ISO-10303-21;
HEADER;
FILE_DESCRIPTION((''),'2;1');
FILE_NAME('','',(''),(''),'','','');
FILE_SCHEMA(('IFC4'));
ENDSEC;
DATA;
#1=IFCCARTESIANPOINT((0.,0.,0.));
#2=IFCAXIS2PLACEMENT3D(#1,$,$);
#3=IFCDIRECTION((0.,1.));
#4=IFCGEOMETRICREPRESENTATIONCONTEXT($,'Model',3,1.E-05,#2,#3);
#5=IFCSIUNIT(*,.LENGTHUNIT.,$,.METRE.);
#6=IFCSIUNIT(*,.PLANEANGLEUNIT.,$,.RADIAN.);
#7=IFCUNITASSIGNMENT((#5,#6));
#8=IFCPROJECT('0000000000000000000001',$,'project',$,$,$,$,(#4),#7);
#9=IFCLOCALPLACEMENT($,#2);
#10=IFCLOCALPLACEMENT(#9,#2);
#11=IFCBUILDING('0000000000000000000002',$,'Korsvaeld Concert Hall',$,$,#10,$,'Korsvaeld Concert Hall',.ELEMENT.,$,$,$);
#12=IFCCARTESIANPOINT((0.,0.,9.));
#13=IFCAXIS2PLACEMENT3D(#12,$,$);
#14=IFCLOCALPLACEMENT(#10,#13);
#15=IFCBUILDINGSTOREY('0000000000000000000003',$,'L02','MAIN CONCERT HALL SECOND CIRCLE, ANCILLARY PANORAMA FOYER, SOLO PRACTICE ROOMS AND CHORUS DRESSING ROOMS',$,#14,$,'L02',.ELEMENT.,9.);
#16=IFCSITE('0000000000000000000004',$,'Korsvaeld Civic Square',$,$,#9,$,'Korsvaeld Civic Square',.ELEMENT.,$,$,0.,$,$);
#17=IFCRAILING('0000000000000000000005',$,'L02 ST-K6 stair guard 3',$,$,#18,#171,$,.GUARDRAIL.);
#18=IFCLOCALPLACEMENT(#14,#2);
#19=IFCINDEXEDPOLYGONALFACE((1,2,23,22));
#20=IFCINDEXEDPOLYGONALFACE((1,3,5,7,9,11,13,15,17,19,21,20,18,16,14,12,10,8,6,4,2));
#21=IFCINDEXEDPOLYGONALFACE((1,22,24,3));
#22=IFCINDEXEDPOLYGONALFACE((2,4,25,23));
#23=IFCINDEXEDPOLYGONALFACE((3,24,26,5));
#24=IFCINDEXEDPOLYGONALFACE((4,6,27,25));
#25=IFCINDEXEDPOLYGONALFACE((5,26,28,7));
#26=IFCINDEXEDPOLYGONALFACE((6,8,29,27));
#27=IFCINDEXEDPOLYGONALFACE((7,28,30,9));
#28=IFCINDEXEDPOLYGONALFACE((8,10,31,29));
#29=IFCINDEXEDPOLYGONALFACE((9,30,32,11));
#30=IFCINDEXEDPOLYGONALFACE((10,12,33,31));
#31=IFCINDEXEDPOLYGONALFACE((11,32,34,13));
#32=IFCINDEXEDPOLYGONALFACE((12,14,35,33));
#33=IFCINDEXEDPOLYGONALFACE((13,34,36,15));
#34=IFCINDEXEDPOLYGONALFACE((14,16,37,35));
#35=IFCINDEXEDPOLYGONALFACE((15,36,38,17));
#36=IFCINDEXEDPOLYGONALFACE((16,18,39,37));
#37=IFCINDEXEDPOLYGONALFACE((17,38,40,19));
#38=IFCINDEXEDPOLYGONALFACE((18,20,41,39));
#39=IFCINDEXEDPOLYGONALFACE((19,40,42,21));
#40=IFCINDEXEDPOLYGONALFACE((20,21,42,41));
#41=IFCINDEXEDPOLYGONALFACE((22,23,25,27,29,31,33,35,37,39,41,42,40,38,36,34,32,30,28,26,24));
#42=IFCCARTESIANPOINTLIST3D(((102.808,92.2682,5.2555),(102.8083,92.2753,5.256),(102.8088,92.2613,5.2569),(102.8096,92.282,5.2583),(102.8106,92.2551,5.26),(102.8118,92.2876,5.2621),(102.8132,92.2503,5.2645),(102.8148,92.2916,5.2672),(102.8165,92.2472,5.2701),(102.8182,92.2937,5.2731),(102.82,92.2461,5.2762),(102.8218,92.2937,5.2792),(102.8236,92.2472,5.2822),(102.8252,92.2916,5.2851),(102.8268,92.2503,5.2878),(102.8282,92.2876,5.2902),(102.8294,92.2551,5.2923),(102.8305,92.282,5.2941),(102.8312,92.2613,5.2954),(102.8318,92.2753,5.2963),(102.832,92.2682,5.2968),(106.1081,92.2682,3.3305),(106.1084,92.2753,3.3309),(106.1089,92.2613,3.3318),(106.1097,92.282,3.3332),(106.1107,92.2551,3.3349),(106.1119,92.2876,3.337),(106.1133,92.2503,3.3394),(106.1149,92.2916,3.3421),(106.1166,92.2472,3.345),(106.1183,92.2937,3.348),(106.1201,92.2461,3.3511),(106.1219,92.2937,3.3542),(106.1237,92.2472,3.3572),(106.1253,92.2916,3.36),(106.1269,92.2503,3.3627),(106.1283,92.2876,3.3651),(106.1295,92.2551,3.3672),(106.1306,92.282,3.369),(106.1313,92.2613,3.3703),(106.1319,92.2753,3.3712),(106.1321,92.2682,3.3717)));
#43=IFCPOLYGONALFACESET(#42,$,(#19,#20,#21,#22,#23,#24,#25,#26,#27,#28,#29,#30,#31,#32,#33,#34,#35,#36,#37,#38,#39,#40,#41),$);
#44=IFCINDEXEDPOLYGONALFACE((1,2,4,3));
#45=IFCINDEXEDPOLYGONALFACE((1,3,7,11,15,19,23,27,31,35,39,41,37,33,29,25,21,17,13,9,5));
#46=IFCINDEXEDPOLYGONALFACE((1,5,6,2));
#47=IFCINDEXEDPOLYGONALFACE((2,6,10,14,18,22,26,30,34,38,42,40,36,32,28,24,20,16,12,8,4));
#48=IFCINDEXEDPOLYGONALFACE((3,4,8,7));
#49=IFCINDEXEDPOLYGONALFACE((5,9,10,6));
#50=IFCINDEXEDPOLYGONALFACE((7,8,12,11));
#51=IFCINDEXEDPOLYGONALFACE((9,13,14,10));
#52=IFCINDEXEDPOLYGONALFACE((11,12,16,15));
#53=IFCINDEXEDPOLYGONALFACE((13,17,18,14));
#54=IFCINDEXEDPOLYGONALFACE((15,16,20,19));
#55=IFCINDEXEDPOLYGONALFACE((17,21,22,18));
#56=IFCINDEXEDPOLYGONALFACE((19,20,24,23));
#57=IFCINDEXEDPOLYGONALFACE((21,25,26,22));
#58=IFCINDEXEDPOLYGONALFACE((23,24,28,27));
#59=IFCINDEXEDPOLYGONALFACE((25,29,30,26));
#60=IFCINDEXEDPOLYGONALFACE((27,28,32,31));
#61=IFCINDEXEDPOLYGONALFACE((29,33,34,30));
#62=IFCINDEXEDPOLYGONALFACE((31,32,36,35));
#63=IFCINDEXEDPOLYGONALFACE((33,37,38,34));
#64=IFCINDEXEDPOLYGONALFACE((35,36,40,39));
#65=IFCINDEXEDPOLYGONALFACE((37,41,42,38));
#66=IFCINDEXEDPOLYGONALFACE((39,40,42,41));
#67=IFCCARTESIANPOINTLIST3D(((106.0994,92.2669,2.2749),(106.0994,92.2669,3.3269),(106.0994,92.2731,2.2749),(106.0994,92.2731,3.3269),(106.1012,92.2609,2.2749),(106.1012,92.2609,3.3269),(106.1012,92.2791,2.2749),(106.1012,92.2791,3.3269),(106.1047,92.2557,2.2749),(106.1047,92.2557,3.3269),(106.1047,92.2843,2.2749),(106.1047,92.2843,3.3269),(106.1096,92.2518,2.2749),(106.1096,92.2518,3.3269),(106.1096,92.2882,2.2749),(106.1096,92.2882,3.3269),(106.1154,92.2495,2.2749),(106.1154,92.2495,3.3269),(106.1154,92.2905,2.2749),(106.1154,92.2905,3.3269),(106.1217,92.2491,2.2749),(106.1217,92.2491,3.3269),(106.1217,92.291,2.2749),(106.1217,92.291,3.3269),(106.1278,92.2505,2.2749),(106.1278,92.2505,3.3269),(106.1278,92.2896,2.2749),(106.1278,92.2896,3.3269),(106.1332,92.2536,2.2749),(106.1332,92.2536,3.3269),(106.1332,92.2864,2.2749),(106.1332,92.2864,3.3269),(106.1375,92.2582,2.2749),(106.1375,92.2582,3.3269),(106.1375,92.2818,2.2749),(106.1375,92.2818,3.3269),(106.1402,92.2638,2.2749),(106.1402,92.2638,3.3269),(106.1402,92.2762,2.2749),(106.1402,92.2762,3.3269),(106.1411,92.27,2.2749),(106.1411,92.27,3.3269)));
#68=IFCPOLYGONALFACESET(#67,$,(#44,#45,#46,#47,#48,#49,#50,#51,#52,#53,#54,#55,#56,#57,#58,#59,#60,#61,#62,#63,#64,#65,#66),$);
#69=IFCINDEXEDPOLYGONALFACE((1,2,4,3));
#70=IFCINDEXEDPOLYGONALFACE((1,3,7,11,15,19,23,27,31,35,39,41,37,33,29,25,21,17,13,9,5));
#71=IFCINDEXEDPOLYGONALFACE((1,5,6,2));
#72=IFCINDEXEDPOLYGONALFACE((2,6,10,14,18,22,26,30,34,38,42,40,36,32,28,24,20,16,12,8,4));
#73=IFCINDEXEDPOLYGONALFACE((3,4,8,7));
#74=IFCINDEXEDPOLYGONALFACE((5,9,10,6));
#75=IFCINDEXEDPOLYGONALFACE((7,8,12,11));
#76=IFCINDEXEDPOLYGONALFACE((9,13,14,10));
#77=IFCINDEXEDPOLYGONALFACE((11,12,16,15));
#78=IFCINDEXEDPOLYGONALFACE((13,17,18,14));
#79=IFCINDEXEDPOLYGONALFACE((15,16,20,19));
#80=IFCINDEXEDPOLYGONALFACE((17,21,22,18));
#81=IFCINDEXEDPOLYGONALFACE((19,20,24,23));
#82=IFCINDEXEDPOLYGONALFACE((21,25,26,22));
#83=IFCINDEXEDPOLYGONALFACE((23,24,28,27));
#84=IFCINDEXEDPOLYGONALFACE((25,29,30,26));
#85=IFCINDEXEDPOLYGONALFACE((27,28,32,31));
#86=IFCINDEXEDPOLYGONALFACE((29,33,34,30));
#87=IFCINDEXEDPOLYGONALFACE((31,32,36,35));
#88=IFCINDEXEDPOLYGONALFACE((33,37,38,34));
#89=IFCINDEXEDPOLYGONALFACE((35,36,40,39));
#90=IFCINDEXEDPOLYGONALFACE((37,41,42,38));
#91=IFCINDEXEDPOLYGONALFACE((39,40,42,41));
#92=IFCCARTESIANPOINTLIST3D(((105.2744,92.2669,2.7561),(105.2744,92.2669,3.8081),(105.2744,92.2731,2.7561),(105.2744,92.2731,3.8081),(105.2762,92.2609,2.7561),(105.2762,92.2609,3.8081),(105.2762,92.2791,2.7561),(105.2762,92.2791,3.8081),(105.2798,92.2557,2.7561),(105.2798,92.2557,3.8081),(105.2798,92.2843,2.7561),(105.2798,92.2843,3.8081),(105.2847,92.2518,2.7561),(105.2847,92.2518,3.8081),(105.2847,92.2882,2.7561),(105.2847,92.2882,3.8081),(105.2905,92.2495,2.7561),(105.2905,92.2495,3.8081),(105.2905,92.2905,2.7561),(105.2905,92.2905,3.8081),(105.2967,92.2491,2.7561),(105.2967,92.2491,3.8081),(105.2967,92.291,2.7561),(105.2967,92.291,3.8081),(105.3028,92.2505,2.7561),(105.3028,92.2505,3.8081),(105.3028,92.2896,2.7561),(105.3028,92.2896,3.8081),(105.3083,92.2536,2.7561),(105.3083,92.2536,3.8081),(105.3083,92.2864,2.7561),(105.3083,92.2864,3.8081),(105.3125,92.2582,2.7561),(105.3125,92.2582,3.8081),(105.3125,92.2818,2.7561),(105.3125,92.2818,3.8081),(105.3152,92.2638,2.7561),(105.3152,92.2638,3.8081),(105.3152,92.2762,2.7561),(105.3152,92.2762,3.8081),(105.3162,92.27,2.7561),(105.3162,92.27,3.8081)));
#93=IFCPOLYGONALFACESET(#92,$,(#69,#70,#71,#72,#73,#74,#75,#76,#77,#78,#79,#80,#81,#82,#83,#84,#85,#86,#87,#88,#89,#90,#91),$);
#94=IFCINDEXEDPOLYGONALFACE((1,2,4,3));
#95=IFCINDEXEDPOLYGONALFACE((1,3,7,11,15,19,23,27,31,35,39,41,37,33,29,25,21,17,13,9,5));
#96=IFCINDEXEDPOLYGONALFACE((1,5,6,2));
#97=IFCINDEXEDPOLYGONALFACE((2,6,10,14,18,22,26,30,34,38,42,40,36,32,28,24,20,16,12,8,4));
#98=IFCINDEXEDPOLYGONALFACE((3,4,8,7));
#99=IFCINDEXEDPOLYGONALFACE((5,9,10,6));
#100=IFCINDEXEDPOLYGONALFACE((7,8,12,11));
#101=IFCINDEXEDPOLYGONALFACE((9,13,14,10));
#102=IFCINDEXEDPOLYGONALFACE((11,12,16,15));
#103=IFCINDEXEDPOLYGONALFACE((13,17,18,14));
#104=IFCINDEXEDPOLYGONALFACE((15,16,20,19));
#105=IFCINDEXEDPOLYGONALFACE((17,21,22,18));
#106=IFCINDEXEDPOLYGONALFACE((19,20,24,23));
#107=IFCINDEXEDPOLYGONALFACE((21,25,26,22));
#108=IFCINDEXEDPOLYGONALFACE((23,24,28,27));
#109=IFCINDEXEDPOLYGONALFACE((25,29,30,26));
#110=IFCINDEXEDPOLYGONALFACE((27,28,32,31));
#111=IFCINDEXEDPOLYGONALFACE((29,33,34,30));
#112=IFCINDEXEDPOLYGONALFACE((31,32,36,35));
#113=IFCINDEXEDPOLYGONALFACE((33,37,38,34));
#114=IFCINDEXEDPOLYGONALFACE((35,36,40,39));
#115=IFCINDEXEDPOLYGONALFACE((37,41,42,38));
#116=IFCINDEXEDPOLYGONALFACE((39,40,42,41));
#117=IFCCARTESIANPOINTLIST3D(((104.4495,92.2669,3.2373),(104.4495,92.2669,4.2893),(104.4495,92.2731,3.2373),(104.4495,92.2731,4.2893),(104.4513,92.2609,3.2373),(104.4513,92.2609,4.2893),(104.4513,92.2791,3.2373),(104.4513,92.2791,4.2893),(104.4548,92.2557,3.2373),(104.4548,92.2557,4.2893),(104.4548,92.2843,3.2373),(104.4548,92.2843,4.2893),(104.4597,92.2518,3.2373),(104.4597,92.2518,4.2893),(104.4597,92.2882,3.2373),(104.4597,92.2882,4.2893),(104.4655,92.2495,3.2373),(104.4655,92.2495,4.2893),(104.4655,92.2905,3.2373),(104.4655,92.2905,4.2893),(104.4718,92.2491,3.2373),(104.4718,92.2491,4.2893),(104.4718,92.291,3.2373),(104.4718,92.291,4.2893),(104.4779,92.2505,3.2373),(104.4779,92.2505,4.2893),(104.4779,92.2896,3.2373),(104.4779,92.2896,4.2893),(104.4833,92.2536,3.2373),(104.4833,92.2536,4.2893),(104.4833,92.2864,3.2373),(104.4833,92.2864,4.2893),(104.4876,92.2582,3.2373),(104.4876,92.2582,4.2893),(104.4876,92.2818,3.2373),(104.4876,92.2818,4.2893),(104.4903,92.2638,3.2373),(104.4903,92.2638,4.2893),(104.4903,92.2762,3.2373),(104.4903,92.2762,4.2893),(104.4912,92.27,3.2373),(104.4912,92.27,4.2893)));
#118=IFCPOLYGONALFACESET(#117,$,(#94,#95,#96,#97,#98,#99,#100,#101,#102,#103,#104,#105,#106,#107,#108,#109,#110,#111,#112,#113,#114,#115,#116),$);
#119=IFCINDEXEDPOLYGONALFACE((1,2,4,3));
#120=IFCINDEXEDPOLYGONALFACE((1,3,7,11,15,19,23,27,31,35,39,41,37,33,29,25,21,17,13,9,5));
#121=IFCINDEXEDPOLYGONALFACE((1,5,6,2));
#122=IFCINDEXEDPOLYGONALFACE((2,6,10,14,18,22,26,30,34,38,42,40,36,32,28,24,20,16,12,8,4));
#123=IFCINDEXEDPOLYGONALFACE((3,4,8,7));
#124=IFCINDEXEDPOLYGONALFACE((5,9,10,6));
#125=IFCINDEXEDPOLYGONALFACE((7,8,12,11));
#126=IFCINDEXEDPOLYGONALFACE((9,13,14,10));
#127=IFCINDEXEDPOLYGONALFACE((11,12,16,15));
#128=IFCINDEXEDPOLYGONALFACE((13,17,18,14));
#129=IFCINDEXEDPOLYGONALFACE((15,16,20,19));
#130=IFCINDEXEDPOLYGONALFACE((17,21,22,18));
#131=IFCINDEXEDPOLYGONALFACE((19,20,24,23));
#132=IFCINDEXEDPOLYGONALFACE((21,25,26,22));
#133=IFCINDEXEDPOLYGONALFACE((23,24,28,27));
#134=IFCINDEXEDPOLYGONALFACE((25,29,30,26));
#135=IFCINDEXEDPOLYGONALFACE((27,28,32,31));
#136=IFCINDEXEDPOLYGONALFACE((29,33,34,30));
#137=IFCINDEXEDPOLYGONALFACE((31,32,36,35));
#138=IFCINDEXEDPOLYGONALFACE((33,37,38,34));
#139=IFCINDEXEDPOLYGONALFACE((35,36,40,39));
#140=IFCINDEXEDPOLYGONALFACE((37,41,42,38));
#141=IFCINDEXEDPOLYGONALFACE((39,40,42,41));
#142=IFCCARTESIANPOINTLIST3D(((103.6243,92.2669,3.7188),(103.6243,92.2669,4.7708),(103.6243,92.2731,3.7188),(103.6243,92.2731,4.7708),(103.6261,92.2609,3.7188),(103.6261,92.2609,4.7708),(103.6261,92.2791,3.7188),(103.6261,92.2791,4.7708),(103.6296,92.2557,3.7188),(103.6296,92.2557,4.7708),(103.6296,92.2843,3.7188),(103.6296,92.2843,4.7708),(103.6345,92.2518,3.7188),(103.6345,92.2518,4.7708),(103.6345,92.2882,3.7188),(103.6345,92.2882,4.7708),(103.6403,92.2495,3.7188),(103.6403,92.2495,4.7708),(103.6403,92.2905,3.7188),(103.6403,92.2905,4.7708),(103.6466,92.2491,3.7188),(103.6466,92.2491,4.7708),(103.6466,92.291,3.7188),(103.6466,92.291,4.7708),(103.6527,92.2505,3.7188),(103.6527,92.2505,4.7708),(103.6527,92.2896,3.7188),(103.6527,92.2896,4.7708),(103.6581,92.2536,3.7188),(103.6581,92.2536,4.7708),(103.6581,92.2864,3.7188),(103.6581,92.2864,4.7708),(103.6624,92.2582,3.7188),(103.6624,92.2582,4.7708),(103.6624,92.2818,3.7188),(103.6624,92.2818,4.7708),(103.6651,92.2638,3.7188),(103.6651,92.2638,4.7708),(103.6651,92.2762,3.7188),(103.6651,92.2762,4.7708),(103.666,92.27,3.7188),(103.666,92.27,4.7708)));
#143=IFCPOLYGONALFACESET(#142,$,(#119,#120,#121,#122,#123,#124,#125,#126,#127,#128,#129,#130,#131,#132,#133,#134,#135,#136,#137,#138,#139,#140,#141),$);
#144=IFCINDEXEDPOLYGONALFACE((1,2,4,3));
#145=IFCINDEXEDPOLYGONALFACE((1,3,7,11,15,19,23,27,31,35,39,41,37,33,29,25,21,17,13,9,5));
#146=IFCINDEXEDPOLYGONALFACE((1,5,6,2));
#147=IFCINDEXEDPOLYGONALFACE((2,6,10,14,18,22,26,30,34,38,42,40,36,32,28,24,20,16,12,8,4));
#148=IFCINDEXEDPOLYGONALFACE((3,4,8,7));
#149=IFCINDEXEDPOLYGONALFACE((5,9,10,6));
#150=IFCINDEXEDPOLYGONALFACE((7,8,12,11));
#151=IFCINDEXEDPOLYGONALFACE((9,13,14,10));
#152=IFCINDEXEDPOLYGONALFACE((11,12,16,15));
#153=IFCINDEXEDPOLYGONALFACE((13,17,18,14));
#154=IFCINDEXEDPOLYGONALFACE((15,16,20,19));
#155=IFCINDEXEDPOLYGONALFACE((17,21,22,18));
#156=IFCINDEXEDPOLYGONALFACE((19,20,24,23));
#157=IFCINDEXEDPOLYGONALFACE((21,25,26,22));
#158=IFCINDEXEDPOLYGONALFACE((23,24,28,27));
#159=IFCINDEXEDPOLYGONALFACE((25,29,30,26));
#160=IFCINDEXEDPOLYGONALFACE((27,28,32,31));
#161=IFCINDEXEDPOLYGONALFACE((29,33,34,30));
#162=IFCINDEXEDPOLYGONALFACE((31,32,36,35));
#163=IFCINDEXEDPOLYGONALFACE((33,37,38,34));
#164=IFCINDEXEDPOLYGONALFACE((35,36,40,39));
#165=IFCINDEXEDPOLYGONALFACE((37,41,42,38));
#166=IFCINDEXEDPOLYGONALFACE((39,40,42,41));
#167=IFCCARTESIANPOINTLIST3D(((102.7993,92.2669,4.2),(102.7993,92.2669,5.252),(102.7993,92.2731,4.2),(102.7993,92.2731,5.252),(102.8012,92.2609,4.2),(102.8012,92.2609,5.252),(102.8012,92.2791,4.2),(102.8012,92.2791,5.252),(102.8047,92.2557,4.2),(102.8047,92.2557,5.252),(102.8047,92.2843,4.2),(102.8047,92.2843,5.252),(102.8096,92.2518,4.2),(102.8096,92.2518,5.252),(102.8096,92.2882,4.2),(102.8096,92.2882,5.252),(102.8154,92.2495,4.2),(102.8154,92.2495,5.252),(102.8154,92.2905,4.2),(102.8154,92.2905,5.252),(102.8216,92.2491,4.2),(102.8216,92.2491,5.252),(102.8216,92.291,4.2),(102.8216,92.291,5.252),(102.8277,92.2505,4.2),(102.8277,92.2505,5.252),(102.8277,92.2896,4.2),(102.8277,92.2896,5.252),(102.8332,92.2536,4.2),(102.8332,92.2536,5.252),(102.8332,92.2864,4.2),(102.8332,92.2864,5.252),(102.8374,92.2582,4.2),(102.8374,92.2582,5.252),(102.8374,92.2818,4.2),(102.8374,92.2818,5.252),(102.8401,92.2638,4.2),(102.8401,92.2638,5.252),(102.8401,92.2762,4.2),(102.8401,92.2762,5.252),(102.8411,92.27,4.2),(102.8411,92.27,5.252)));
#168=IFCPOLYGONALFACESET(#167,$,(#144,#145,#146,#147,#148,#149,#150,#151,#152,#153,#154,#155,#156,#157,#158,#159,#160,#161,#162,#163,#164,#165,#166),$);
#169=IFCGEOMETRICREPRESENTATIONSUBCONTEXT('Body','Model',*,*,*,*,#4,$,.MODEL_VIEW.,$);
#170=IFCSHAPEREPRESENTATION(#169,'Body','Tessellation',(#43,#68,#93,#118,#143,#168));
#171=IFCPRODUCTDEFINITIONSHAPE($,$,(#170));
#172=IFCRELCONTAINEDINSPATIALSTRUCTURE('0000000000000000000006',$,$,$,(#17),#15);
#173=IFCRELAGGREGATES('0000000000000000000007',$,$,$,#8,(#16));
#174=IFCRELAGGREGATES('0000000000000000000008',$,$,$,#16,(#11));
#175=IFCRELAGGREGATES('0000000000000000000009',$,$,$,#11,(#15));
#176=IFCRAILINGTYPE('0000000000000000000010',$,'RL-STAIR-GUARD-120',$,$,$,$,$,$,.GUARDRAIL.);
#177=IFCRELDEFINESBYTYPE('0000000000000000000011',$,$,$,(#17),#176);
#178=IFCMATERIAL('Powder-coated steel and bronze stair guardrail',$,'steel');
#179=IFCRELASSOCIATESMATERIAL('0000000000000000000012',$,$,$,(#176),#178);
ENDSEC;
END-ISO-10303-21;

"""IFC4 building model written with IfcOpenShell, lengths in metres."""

from ifc_helpers import new_model, si_unit, direction, frame, origin, origin_2d, place, context, subcontext, project, spatial, circle, extrude, material, type_object, element, save


model = new_model("IFC4")

# Units and contexts
model_context = context("Model", 3, precision=1e-05, world=origin(), true_north=direction((0.0, 1.0)))
body_context = subcontext(model_context, "Body", "Model", "MODEL_VIEW")
ifc_project = project(units=[si_unit("LENGTHUNIT", "METRE"), si_unit("PLANEANGLEUNIT", "RADIAN")], contexts=[model_context])

# Site, building, storey
site_placement = place(None, origin())
site = spatial("IfcSite", under=ifc_project, at=site_placement, Name="Korsvaeld Civic Square", LongName="Korsvaeld Civic Square", CompositionType="ELEMENT", RefElevation=0.0)
building_placement = place(site_placement, origin())
building = spatial("IfcBuilding", under=site, at=building_placement, Name="Korsvaeld Concert Hall", LongName="Korsvaeld Concert Hall", CompositionType="ELEMENT")
storey_placement = place(building_placement, frame((0.0, 0.0, 9.0)))
storey = spatial("IfcBuildingStorey", under=building, at=storey_placement, Name="L02", Description="MAIN CONCERT HALL SECOND CIRCLE, ANCILLARY PANORAMA FOYER, SOLO PRACTICE ROOMS AND CHORUS DRESSING ROOMS", LongName="L02", CompositionType="ELEMENT", Elevation=9.0)

# Railing
ifc_material_1 = material(Name="Powder-coated steel and bronze stair guardrail", Category="steel")
railing_type_1 = type_object("IfcRailingType", Name="RL-STAIR-GUARD-120", PredefinedType="GUARDRAIL", material=ifc_material_1)
railing_1_placement = place(storey_placement, frame((106.1201, 92.27, 2.2749)))
element("IfcRailing", 1, at=railing_1_placement, inside=storey, type_object=railing_type_1, Name="L02 ST-K6 stair guard 3", PredefinedType="GUARDRAIL", context=body_context, shape_type="SweptSolid", body=[
    extrude(circle(Radius=0.0239, at=origin_2d()), frame((0.0, 0.0, 1.0762), z_axis=(-0.863777, 0.0, 0.503875), x_axis=(0.0, -1.0, 0.0)), (0.0, 0.0, 1.0), 3.8206),
    extrude(circle(Radius=0.021, at=origin_2d()), origin(), (0.0, 0.0, 1.0), 1.052),
    extrude(circle(Radius=0.021, at=origin_2d()), frame((-0.825, 0.0, 0.4812)), (0.0, 0.0, 1.0), 1.052),
    extrude(circle(Radius=0.021, at=origin_2d()), frame((-1.6499, 0.0, 0.9624)), (0.0, 0.0, 1.0), 1.052),
    extrude(circle(Radius=0.021, at=origin_2d()), frame((-2.4751, 0.0, 1.4438)), (0.0, 0.0, 1.0), 1.052),
    extrude(circle(Radius=0.021, at=origin_2d()), frame((-3.3, 0.0, 1.925)), (0.0, 0.0, 1.0), 1.052),
])

save(model, "model.ifc")
